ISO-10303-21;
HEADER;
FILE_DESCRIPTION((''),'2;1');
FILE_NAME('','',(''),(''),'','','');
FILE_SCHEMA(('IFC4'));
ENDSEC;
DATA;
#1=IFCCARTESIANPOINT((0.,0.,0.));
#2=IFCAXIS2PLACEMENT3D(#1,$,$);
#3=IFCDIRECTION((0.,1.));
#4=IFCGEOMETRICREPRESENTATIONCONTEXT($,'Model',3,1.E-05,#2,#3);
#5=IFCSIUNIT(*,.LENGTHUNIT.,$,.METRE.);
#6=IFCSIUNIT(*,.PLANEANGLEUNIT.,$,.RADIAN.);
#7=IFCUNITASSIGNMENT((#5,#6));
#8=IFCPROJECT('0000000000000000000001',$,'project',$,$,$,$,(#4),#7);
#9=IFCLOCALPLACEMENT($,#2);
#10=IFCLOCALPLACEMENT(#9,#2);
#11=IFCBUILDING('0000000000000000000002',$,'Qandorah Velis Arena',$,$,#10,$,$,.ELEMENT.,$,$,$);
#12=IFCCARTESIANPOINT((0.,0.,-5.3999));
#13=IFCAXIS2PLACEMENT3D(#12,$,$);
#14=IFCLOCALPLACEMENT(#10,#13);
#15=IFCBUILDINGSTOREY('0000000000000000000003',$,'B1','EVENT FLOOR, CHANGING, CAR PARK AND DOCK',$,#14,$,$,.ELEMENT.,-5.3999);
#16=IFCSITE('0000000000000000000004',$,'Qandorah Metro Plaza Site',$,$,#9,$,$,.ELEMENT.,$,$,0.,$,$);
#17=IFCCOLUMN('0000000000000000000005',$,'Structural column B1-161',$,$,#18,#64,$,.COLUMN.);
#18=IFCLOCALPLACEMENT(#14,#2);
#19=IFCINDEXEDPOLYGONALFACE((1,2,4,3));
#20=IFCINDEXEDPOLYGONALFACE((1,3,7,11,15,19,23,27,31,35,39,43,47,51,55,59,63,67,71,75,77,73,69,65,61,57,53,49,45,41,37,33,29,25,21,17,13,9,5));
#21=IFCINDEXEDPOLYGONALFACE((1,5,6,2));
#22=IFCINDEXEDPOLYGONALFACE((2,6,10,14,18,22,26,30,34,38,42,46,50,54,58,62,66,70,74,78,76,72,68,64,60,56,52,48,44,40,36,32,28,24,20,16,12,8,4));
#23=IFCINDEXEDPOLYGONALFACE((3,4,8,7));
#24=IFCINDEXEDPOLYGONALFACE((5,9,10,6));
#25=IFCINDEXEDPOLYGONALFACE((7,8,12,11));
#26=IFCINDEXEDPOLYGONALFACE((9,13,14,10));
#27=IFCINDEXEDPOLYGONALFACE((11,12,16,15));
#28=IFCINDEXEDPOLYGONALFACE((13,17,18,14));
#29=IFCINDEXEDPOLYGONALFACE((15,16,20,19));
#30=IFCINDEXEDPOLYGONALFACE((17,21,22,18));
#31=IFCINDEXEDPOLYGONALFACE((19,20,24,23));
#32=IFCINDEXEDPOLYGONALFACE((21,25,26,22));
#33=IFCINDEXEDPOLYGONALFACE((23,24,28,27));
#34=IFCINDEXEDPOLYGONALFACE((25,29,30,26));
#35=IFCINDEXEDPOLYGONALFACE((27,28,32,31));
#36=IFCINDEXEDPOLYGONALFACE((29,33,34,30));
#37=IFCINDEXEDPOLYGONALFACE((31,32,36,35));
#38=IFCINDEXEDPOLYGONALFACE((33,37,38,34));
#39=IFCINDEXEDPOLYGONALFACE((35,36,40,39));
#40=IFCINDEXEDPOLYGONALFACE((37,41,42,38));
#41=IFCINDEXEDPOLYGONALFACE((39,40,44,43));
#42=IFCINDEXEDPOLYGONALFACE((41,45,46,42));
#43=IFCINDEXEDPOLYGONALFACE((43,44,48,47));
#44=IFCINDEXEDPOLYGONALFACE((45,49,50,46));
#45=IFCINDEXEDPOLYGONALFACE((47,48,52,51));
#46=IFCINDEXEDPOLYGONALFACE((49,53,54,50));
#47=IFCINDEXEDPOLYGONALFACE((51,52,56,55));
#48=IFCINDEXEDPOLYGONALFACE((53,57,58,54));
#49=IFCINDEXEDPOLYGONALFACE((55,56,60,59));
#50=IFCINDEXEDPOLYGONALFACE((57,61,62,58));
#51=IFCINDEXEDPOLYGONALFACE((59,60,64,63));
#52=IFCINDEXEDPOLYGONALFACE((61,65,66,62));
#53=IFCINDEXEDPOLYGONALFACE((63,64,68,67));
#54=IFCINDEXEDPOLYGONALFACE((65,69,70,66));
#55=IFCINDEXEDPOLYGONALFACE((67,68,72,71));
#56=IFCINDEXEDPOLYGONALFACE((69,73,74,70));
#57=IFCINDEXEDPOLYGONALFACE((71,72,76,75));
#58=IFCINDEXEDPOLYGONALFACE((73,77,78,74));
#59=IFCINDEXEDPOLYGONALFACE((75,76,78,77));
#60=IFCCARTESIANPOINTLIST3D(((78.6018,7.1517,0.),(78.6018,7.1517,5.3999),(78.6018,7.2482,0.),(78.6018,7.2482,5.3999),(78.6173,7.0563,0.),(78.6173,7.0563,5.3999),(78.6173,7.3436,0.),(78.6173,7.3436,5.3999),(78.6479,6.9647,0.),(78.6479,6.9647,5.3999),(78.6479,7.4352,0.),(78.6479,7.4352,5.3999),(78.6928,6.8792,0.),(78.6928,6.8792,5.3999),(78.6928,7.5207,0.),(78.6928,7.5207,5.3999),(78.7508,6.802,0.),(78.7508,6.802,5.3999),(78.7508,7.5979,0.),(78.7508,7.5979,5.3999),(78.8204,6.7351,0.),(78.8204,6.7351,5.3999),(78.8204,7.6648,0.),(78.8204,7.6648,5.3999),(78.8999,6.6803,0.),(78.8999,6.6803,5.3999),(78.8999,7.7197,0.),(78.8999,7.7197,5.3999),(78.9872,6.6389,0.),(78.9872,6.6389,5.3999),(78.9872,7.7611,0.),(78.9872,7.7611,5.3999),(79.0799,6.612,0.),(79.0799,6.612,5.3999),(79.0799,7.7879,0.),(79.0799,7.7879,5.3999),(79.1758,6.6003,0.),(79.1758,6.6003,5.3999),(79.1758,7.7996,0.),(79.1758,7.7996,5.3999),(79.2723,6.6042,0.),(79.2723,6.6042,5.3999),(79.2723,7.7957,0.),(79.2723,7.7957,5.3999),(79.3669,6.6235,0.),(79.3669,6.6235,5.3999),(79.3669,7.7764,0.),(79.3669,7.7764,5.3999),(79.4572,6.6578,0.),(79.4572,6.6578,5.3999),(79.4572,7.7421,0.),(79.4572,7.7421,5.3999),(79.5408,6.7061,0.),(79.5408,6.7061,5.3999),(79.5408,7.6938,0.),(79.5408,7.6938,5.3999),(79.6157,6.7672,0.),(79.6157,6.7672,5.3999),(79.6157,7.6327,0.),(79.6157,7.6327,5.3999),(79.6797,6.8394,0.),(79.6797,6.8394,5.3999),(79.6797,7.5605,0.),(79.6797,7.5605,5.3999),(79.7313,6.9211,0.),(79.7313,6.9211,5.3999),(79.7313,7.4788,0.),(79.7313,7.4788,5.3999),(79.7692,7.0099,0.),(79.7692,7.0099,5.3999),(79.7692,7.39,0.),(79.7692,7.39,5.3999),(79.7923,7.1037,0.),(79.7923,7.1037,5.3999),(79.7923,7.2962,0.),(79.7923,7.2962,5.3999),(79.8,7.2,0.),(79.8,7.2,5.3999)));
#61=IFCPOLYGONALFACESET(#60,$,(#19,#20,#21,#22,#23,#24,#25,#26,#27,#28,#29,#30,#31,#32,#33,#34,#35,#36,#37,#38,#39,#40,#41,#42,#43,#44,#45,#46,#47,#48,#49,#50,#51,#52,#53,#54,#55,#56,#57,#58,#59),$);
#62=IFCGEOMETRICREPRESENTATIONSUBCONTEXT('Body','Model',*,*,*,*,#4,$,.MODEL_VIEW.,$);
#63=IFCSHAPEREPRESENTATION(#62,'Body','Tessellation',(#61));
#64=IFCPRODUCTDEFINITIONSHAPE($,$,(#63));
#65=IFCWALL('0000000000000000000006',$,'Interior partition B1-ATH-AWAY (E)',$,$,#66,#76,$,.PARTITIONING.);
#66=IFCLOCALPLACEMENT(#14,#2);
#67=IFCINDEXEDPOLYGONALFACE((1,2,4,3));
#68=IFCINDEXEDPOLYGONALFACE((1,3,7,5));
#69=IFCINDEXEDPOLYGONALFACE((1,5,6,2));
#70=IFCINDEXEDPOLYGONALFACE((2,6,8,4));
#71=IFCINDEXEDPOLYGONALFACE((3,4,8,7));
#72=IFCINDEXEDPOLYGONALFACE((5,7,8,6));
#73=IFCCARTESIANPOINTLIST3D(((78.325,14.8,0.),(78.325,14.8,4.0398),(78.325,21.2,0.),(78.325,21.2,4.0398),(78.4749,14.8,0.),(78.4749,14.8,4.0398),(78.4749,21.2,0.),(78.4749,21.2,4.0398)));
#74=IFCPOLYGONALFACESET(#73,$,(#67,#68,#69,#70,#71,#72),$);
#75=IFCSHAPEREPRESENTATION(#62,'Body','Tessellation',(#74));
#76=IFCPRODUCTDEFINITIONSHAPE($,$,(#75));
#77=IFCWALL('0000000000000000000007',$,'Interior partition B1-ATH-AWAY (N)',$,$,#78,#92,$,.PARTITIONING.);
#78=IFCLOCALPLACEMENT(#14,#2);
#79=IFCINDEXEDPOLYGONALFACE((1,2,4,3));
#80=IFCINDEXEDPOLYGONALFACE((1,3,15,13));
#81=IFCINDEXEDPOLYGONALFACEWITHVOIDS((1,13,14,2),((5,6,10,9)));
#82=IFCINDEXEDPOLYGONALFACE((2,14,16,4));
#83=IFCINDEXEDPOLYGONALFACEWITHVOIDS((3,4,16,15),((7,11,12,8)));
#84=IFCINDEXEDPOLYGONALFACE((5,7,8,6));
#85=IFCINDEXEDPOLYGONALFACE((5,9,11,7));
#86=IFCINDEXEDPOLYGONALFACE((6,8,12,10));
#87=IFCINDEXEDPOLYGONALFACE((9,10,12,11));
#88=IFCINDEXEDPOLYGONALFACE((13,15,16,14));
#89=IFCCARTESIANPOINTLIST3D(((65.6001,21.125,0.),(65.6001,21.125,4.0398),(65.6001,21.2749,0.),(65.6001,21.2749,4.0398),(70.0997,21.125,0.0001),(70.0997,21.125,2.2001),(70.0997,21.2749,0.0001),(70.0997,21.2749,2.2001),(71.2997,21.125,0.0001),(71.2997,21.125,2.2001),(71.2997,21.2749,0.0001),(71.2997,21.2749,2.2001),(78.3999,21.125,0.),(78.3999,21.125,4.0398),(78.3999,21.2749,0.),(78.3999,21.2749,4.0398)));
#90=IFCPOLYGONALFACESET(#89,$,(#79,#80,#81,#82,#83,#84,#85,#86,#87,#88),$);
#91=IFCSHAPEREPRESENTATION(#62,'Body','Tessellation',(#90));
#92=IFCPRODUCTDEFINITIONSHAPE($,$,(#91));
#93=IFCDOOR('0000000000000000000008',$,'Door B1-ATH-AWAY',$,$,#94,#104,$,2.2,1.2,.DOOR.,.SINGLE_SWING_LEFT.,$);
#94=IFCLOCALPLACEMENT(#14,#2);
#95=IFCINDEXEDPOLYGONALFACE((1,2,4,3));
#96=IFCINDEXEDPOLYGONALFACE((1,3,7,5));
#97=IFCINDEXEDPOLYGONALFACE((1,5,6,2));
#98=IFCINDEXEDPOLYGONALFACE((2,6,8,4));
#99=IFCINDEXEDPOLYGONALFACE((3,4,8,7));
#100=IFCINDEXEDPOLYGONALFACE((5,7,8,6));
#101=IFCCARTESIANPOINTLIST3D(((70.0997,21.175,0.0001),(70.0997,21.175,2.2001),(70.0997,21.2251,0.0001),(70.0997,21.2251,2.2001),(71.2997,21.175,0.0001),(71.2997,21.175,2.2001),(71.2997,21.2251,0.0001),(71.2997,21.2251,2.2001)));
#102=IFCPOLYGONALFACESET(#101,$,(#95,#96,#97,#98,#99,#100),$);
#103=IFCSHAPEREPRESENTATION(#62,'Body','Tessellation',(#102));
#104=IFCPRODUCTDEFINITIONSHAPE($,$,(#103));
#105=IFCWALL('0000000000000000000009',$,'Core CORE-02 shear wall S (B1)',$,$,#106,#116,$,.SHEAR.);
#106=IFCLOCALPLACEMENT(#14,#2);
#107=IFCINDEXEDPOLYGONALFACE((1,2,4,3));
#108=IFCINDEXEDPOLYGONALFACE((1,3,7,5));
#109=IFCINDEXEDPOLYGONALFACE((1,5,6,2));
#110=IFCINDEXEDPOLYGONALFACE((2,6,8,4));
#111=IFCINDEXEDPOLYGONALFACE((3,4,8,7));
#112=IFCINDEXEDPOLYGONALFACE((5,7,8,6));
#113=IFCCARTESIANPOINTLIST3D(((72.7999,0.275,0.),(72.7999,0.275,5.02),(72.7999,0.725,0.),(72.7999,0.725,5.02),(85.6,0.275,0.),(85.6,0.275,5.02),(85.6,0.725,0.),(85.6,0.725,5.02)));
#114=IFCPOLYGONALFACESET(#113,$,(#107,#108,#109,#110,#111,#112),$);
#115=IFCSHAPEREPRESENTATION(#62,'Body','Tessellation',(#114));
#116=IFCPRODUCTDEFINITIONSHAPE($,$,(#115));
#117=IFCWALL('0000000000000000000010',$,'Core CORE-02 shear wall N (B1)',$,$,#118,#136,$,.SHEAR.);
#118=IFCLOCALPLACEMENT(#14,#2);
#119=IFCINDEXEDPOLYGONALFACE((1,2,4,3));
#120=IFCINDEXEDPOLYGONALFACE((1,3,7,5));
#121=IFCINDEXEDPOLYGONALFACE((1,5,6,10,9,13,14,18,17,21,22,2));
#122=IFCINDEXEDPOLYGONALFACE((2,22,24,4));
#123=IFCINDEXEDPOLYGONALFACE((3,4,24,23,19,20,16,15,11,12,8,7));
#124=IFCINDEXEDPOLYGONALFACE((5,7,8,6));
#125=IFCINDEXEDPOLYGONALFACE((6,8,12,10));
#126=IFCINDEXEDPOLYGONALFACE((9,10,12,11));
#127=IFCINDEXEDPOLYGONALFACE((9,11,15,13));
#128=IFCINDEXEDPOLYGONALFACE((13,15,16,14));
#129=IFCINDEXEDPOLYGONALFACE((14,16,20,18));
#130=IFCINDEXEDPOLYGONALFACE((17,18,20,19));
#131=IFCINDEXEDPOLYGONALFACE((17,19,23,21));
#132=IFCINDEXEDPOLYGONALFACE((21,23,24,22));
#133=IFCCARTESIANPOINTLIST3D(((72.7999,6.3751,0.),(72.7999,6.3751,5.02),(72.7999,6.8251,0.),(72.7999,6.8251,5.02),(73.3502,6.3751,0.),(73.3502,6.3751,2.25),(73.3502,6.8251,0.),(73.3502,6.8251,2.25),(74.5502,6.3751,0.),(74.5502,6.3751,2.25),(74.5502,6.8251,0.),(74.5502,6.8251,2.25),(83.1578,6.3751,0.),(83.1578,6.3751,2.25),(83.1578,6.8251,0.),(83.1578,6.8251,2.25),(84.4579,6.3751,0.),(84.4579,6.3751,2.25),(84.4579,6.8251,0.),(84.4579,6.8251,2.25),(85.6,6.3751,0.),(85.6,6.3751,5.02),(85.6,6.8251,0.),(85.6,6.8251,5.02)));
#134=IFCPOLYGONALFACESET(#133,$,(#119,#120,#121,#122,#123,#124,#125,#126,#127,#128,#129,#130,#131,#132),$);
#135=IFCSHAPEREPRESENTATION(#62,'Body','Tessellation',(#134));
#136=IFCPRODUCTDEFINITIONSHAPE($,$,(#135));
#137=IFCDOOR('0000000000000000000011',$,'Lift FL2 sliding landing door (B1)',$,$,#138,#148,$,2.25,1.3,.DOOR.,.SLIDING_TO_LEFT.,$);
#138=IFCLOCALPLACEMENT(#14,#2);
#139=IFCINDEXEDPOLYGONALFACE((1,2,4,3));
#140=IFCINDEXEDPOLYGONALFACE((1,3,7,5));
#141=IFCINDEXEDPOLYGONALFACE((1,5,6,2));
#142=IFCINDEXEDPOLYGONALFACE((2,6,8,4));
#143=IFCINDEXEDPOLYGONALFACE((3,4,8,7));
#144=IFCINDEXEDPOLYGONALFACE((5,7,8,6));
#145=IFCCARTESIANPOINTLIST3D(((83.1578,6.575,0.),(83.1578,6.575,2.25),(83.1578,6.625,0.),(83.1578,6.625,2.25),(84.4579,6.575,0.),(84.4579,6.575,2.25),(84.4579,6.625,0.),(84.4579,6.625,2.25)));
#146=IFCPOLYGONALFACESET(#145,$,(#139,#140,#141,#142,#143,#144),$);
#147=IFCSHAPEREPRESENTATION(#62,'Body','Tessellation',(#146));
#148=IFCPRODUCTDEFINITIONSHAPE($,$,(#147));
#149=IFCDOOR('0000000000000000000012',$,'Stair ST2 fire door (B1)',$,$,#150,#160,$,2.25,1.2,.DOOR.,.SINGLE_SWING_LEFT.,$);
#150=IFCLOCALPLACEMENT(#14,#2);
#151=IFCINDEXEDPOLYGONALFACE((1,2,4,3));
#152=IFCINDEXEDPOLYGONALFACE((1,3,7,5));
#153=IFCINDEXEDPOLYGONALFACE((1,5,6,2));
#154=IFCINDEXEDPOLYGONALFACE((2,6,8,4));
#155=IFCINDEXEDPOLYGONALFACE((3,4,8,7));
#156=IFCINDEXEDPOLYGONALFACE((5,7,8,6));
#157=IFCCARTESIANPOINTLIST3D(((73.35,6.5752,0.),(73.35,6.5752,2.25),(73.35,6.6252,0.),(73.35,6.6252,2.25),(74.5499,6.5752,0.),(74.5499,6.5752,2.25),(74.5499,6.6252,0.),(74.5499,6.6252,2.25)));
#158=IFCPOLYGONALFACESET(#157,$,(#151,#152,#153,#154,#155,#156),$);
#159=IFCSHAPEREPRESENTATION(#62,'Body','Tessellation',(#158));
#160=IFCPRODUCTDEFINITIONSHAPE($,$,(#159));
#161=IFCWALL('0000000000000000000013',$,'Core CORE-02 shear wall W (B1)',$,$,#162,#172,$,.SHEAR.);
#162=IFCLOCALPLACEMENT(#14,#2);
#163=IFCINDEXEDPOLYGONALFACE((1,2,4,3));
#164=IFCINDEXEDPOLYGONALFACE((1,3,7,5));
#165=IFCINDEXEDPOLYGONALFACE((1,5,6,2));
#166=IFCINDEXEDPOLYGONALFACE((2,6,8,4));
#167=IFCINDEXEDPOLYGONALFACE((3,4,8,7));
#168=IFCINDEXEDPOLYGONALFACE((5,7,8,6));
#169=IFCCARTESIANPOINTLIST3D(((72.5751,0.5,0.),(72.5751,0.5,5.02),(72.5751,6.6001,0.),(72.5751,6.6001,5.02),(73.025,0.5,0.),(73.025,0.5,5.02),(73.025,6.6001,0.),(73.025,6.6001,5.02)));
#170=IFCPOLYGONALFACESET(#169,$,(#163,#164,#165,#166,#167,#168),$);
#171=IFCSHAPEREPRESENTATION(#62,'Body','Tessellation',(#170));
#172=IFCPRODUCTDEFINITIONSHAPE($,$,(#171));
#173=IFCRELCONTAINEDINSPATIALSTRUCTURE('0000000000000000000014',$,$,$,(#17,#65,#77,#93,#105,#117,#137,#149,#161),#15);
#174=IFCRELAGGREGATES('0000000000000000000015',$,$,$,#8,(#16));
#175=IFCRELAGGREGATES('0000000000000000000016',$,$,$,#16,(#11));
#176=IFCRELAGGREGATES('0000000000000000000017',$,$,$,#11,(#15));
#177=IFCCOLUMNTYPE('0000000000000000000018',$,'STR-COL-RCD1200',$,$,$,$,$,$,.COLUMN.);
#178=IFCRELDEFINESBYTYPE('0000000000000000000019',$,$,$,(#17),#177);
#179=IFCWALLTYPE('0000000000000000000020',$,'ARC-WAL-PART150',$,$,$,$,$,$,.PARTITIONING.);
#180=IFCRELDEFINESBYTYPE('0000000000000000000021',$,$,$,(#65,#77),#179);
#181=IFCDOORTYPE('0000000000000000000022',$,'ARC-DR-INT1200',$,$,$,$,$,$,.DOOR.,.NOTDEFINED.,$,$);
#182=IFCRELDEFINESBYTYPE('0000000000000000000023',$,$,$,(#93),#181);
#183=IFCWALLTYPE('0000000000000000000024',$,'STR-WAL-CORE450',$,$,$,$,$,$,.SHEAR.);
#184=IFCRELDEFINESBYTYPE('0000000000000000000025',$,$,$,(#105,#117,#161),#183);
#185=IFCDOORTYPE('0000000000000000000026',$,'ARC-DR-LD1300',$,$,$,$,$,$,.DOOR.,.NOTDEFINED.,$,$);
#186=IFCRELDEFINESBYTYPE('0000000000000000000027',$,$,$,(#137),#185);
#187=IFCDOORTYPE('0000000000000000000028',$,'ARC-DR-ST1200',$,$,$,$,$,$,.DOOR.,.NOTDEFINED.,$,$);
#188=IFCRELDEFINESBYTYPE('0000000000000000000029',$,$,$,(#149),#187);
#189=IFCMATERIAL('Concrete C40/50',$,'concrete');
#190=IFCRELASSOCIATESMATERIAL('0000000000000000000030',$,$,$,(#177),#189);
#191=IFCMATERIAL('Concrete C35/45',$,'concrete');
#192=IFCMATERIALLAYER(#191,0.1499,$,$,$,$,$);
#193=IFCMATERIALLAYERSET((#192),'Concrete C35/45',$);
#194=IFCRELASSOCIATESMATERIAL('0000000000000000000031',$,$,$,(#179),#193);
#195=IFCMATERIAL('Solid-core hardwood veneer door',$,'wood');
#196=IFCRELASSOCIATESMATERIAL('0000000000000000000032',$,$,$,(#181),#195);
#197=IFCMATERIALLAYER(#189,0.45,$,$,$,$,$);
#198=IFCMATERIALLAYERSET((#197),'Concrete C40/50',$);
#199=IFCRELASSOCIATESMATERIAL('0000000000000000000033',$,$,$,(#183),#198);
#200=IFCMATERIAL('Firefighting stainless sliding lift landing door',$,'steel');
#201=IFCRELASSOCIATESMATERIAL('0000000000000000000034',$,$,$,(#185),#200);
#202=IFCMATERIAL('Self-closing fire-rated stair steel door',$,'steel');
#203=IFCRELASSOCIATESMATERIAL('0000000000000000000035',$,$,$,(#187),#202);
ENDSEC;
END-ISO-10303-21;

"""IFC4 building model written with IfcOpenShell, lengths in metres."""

from ifc_helpers import new_model, si_unit, direction, frame, frame_2d, origin, origin_2d, place, context, subcontext, project, spatial, rectangle, circle, extrude, material, layer, layer_set, material_profile, profile_set, type_object, element, fill, save


model = new_model("IFC4")

# Units and contexts
model_context = context("Model", 3, precision=1e-05, world=origin(), true_north=direction((0.0, 1.0)))
body_context = subcontext(model_context, "Body", "Model", "MODEL_VIEW")
ifc_project = project(units=[si_unit("LENGTHUNIT", "METRE"), si_unit("PLANEANGLEUNIT", "RADIAN")], contexts=[model_context])

# Site, building, storey
site_placement = place(None, origin())
site = spatial("IfcSite", under=ifc_project, at=site_placement, Name="Qandorah Metro Plaza Site", CompositionType="ELEMENT", RefElevation=0.0)
building_placement = place(site_placement, origin())
building = spatial("IfcBuilding", under=site, at=building_placement, Name="Qandorah Velis Arena", CompositionType="ELEMENT")
storey_placement = place(building_placement, frame((0.0, 0.0, -5.3999)))
storey = spatial("IfcBuildingStorey", under=building, at=storey_placement, Name="B1", Description="EVENT FLOOR, CHANGING, CAR PARK AND DOCK", CompositionType="ELEMENT", Elevation=-5.3999)

# Shared definitions
ifc_material_1 = material(Name="Concrete C40/50", Category="concrete")

# Column
ifc_material_profile_1 = material_profile(ifc_material_1, circle(Radius=0.6001, at=origin_2d()), Name="RC D1200")
ifc_profile_set_1 = profile_set([ifc_material_profile_1], Name="Concrete C40/50")
column_type_1 = type_object("IfcColumnType", Name="STR-COL-RCD1200", PredefinedType="COLUMN", material=ifc_profile_set_1)
column_1_placement = place(storey_placement, frame((79.2, 7.2, 0.0), z_axis=(0.0, 0.0, 1.0), x_axis=(1.0, 0.0, 0.0)))
element("IfcColumn", 1, at=column_1_placement, inside=storey, type_object=column_type_1, Name="Structural column B1-161", PredefinedType="COLUMN", context=body_context, shape_type="SweptSolid", body=[
    extrude(circle(Radius=0.6001, at=origin_2d()), origin(), (0.0, 0.0, 1.0), 5.3999),
])

# Wall
ifc_material_2 = material(Name="Concrete C35/45", Category="concrete")
ifc_layer_1 = layer(ifc_material_2, 0.1499)
ifc_layer_set_1 = layer_set([ifc_layer_1], Name="Concrete C35/45")
wall_type_1 = type_object("IfcWallType", Name="ARC-WAL-PART150", PredefinedType="PARTITIONING", material=ifc_layer_set_1)
wall_1_placement = place(storey_placement, frame((78.3999, 14.8, 0.0), z_axis=(0.0, 0.0, 1.0), x_axis=(0.0, 1.0, 0.0)))
element("IfcWall", 2, at=wall_1_placement, inside=storey, type_object=wall_type_1, Name="Interior partition B1-ATH-AWAY (E)", PredefinedType="PARTITIONING", context=body_context, shape_type="SweptSolid", body=[
    extrude(rectangle(XDim=6.3999, YDim=0.1499, at=frame_2d((3.2, 0.0))), origin(), (0.0, 0.0, 1.0), 4.0398),
])

# Wall, opening, door
wall_2_placement = place(storey_placement, frame((78.3999, 21.2, 0.0), z_axis=(0.0, 0.0, 1.0), x_axis=(-1.0, 0.0, 0.0)))
wall_2 = element("IfcWall", 3, at=wall_2_placement, inside=storey, type_object=wall_type_1, Name="Interior partition B1-ATH-AWAY (N)", PredefinedType="PARTITIONING", context=body_context, shape_type="SweptSolid", body=[
    extrude(rectangle(XDim=12.7998, YDim=0.1499, at=frame_2d((6.3999, 0.0))), origin(), (0.0, 0.0, 1.0), 4.0398),
])
opening_1_placement = place(wall_2_placement, frame((7.1001, 0.0, 0.0)))
opening_1 = element("IfcOpeningElement", 4, at=opening_1_placement, cuts=wall_2, PredefinedType="OPENING", context=body_context, shape_type="SweptSolid", body=[
    extrude(rectangle(XDim=1.2, YDim=2.2, at=frame_2d((0.6001, 1.1001))), frame((0.0, 0.085, 0.0), z_axis=(0.0, -1.0, 0.0), x_axis=(1.0, 0.0, 0.0)), (0.0, 0.0, 1.0), 0.1699),
])
ifc_material_3 = material(Name="Solid-core hardwood veneer door", Category="wood")
door_type_1 = type_object("IfcDoorType", Name="ARC-DR-INT1200", OperationType="NOTDEFINED", PredefinedType="DOOR", material=ifc_material_3)
door_1_placement = place(opening_1_placement, origin())
door_1 = element("IfcDoor", 5, at=door_1_placement, inside=storey, type_object=door_type_1, Name="Door B1-ATH-AWAY", OperationType="SINGLE_SWING_LEFT", OverallHeight=2.2, OverallWidth=1.2, PredefinedType="DOOR", context=body_context, shape_type="SweptSolid", body=[
    extrude(rectangle(XDim=1.2, YDim=2.2, at=frame_2d((0.6001, 1.1001))), frame((0.0, 0.0249, 0.0), z_axis=(0.0, -1.0, 0.0), x_axis=(1.0, 0.0, 0.0)), (0.0, 0.0, 1.0), 0.05),
])
fill(opening_1, door_1)

# Wall
ifc_layer_2 = layer(ifc_material_1, 0.45)
ifc_layer_set_2 = layer_set([ifc_layer_2], Name="Concrete C40/50")
wall_type_2 = type_object("IfcWallType", Name="STR-WAL-CORE450", PredefinedType="SHEAR", material=ifc_layer_set_2)
wall_3_placement = place(storey_placement, frame((72.8, 0.5, 0.0), z_axis=(0.0, 0.0, 1.0), x_axis=(1.0, 0.0, 0.0)))
element("IfcWall", 6, at=wall_3_placement, inside=storey, type_object=wall_type_2, Name="Core CORE-02 shear wall S (B1)", PredefinedType="SHEAR", context=body_context, shape_type="SweptSolid", body=[
    extrude(rectangle(XDim=12.8, YDim=0.45, at=frame_2d((6.3999, 0.0))), origin(), (0.0, 0.0, 1.0), 5.02),
])

# Wall, openings, doors
wall_4_placement = place(storey_placement, frame((72.8, 6.6001, 0.0), z_axis=(0.0, 0.0, 1.0), x_axis=(1.0, 0.0, 0.0)))
wall_4 = element("IfcWall", 7, at=wall_4_placement, inside=storey, type_object=wall_type_2, Name="Core CORE-02 shear wall N (B1)", PredefinedType="SHEAR", context=body_context, shape_type="SweptSolid", body=[
    extrude(rectangle(XDim=12.8, YDim=0.45, at=frame_2d((6.3999, 0.0))), origin(), (0.0, 0.0, 1.0), 5.02),
])
opening_2_placement = place(wall_4_placement, frame((0.55, 0.0, 0.0)))
opening_2 = element("IfcOpeningElement", 8, at=opening_2_placement, cuts=wall_4, PredefinedType="OPENING", context=body_context, shape_type="SweptSolid", body=[
    extrude(rectangle(XDim=1.2, YDim=2.25, at=frame_2d((0.6001, 1.125))), frame((0.0, 0.2349, 0.0), z_axis=(0.0, -1.0, 0.0), x_axis=(1.0, 0.0, 0.0)), (0.0, 0.0, 1.0), 0.47),
])
opening_3_placement = place(wall_4_placement, frame((10.3579, 0.0, 0.0)))
opening_3 = element("IfcOpeningElement", 9, at=opening_3_placement, cuts=wall_4, PredefinedType="OPENING", context=body_context, shape_type="SweptSolid", body=[
    extrude(rectangle(XDim=1.3, YDim=2.25, at=frame_2d((0.6499, 1.125))), frame((0.0, 0.2349, 0.0), z_axis=(0.0, -1.0, 0.0), x_axis=(1.0, 0.0, 0.0)), (0.0, 0.0, 1.0), 0.47),
])
ifc_material_4 = material(Name="Firefighting stainless sliding lift landing door", Category="steel")
door_type_2 = type_object("IfcDoorType", Name="ARC-DR-LD1300", OperationType="NOTDEFINED", PredefinedType="DOOR", material=ifc_material_4)
door_2_placement = place(opening_3_placement, origin())
door_2 = element("IfcDoor", 10, at=door_2_placement, inside=storey, type_object=door_type_2, Name="Lift FL2 sliding landing door (B1)", OperationType="SLIDING_TO_LEFT", OverallHeight=2.25, OverallWidth=1.3, PredefinedType="DOOR", context=body_context, shape_type="SweptSolid", body=[
    extrude(rectangle(XDim=1.3, YDim=2.25, at=frame_2d((0.6499, 1.125))), frame((0.0, 0.0249, 0.0), z_axis=(0.0, -1.0, 0.0), x_axis=(1.0, 0.0, 0.0)), (0.0, 0.0, 1.0), 0.05),
])
fill(opening_3, door_2)
ifc_material_5 = material(Name="Self-closing fire-rated stair steel door", Category="steel")
door_type_3 = type_object("IfcDoorType", Name="ARC-DR-ST1200", OperationType="NOTDEFINED", PredefinedType="DOOR", material=ifc_material_5)
door_3_placement = place(opening_2_placement, frame((1.2, 0.0, 0.0), z_axis=(0.0, 0.0, 1.0), x_axis=(-1.0, 0.0, 0.0)))
door_3 = element("IfcDoor", 11, at=door_3_placement, inside=storey, type_object=door_type_3, Name="Stair ST2 fire door (B1)", OperationType="SINGLE_SWING_LEFT", OverallHeight=2.25, OverallWidth=1.2, PredefinedType="DOOR", context=body_context, shape_type="SweptSolid", body=[
    extrude(rectangle(XDim=1.2, YDim=2.25, at=frame_2d((0.6001, 1.125))), frame((0.0, 0.0249, 0.0), z_axis=(0.0, -1.0, 0.0), x_axis=(1.0, 0.0, 0.0)), (0.0, 0.0, 1.0), 0.05),
])
fill(opening_2, door_3)

# Wall
wall_5_placement = place(storey_placement, frame((72.8, 0.5, 0.0), z_axis=(0.0, 0.0, 1.0), x_axis=(0.0, 1.0, 0.0)))
element("IfcWall", 12, at=wall_5_placement, inside=storey, type_object=wall_type_2, Name="Core CORE-02 shear wall W (B1)", PredefinedType="SHEAR", context=body_context, shape_type="SweptSolid", body=[
    extrude(rectangle(XDim=6.1001, YDim=0.45, at=frame_2d((3.05, 0.0))), origin(), (0.0, 0.0, 1.0), 5.02),
])

save(model, "model.ifc")
